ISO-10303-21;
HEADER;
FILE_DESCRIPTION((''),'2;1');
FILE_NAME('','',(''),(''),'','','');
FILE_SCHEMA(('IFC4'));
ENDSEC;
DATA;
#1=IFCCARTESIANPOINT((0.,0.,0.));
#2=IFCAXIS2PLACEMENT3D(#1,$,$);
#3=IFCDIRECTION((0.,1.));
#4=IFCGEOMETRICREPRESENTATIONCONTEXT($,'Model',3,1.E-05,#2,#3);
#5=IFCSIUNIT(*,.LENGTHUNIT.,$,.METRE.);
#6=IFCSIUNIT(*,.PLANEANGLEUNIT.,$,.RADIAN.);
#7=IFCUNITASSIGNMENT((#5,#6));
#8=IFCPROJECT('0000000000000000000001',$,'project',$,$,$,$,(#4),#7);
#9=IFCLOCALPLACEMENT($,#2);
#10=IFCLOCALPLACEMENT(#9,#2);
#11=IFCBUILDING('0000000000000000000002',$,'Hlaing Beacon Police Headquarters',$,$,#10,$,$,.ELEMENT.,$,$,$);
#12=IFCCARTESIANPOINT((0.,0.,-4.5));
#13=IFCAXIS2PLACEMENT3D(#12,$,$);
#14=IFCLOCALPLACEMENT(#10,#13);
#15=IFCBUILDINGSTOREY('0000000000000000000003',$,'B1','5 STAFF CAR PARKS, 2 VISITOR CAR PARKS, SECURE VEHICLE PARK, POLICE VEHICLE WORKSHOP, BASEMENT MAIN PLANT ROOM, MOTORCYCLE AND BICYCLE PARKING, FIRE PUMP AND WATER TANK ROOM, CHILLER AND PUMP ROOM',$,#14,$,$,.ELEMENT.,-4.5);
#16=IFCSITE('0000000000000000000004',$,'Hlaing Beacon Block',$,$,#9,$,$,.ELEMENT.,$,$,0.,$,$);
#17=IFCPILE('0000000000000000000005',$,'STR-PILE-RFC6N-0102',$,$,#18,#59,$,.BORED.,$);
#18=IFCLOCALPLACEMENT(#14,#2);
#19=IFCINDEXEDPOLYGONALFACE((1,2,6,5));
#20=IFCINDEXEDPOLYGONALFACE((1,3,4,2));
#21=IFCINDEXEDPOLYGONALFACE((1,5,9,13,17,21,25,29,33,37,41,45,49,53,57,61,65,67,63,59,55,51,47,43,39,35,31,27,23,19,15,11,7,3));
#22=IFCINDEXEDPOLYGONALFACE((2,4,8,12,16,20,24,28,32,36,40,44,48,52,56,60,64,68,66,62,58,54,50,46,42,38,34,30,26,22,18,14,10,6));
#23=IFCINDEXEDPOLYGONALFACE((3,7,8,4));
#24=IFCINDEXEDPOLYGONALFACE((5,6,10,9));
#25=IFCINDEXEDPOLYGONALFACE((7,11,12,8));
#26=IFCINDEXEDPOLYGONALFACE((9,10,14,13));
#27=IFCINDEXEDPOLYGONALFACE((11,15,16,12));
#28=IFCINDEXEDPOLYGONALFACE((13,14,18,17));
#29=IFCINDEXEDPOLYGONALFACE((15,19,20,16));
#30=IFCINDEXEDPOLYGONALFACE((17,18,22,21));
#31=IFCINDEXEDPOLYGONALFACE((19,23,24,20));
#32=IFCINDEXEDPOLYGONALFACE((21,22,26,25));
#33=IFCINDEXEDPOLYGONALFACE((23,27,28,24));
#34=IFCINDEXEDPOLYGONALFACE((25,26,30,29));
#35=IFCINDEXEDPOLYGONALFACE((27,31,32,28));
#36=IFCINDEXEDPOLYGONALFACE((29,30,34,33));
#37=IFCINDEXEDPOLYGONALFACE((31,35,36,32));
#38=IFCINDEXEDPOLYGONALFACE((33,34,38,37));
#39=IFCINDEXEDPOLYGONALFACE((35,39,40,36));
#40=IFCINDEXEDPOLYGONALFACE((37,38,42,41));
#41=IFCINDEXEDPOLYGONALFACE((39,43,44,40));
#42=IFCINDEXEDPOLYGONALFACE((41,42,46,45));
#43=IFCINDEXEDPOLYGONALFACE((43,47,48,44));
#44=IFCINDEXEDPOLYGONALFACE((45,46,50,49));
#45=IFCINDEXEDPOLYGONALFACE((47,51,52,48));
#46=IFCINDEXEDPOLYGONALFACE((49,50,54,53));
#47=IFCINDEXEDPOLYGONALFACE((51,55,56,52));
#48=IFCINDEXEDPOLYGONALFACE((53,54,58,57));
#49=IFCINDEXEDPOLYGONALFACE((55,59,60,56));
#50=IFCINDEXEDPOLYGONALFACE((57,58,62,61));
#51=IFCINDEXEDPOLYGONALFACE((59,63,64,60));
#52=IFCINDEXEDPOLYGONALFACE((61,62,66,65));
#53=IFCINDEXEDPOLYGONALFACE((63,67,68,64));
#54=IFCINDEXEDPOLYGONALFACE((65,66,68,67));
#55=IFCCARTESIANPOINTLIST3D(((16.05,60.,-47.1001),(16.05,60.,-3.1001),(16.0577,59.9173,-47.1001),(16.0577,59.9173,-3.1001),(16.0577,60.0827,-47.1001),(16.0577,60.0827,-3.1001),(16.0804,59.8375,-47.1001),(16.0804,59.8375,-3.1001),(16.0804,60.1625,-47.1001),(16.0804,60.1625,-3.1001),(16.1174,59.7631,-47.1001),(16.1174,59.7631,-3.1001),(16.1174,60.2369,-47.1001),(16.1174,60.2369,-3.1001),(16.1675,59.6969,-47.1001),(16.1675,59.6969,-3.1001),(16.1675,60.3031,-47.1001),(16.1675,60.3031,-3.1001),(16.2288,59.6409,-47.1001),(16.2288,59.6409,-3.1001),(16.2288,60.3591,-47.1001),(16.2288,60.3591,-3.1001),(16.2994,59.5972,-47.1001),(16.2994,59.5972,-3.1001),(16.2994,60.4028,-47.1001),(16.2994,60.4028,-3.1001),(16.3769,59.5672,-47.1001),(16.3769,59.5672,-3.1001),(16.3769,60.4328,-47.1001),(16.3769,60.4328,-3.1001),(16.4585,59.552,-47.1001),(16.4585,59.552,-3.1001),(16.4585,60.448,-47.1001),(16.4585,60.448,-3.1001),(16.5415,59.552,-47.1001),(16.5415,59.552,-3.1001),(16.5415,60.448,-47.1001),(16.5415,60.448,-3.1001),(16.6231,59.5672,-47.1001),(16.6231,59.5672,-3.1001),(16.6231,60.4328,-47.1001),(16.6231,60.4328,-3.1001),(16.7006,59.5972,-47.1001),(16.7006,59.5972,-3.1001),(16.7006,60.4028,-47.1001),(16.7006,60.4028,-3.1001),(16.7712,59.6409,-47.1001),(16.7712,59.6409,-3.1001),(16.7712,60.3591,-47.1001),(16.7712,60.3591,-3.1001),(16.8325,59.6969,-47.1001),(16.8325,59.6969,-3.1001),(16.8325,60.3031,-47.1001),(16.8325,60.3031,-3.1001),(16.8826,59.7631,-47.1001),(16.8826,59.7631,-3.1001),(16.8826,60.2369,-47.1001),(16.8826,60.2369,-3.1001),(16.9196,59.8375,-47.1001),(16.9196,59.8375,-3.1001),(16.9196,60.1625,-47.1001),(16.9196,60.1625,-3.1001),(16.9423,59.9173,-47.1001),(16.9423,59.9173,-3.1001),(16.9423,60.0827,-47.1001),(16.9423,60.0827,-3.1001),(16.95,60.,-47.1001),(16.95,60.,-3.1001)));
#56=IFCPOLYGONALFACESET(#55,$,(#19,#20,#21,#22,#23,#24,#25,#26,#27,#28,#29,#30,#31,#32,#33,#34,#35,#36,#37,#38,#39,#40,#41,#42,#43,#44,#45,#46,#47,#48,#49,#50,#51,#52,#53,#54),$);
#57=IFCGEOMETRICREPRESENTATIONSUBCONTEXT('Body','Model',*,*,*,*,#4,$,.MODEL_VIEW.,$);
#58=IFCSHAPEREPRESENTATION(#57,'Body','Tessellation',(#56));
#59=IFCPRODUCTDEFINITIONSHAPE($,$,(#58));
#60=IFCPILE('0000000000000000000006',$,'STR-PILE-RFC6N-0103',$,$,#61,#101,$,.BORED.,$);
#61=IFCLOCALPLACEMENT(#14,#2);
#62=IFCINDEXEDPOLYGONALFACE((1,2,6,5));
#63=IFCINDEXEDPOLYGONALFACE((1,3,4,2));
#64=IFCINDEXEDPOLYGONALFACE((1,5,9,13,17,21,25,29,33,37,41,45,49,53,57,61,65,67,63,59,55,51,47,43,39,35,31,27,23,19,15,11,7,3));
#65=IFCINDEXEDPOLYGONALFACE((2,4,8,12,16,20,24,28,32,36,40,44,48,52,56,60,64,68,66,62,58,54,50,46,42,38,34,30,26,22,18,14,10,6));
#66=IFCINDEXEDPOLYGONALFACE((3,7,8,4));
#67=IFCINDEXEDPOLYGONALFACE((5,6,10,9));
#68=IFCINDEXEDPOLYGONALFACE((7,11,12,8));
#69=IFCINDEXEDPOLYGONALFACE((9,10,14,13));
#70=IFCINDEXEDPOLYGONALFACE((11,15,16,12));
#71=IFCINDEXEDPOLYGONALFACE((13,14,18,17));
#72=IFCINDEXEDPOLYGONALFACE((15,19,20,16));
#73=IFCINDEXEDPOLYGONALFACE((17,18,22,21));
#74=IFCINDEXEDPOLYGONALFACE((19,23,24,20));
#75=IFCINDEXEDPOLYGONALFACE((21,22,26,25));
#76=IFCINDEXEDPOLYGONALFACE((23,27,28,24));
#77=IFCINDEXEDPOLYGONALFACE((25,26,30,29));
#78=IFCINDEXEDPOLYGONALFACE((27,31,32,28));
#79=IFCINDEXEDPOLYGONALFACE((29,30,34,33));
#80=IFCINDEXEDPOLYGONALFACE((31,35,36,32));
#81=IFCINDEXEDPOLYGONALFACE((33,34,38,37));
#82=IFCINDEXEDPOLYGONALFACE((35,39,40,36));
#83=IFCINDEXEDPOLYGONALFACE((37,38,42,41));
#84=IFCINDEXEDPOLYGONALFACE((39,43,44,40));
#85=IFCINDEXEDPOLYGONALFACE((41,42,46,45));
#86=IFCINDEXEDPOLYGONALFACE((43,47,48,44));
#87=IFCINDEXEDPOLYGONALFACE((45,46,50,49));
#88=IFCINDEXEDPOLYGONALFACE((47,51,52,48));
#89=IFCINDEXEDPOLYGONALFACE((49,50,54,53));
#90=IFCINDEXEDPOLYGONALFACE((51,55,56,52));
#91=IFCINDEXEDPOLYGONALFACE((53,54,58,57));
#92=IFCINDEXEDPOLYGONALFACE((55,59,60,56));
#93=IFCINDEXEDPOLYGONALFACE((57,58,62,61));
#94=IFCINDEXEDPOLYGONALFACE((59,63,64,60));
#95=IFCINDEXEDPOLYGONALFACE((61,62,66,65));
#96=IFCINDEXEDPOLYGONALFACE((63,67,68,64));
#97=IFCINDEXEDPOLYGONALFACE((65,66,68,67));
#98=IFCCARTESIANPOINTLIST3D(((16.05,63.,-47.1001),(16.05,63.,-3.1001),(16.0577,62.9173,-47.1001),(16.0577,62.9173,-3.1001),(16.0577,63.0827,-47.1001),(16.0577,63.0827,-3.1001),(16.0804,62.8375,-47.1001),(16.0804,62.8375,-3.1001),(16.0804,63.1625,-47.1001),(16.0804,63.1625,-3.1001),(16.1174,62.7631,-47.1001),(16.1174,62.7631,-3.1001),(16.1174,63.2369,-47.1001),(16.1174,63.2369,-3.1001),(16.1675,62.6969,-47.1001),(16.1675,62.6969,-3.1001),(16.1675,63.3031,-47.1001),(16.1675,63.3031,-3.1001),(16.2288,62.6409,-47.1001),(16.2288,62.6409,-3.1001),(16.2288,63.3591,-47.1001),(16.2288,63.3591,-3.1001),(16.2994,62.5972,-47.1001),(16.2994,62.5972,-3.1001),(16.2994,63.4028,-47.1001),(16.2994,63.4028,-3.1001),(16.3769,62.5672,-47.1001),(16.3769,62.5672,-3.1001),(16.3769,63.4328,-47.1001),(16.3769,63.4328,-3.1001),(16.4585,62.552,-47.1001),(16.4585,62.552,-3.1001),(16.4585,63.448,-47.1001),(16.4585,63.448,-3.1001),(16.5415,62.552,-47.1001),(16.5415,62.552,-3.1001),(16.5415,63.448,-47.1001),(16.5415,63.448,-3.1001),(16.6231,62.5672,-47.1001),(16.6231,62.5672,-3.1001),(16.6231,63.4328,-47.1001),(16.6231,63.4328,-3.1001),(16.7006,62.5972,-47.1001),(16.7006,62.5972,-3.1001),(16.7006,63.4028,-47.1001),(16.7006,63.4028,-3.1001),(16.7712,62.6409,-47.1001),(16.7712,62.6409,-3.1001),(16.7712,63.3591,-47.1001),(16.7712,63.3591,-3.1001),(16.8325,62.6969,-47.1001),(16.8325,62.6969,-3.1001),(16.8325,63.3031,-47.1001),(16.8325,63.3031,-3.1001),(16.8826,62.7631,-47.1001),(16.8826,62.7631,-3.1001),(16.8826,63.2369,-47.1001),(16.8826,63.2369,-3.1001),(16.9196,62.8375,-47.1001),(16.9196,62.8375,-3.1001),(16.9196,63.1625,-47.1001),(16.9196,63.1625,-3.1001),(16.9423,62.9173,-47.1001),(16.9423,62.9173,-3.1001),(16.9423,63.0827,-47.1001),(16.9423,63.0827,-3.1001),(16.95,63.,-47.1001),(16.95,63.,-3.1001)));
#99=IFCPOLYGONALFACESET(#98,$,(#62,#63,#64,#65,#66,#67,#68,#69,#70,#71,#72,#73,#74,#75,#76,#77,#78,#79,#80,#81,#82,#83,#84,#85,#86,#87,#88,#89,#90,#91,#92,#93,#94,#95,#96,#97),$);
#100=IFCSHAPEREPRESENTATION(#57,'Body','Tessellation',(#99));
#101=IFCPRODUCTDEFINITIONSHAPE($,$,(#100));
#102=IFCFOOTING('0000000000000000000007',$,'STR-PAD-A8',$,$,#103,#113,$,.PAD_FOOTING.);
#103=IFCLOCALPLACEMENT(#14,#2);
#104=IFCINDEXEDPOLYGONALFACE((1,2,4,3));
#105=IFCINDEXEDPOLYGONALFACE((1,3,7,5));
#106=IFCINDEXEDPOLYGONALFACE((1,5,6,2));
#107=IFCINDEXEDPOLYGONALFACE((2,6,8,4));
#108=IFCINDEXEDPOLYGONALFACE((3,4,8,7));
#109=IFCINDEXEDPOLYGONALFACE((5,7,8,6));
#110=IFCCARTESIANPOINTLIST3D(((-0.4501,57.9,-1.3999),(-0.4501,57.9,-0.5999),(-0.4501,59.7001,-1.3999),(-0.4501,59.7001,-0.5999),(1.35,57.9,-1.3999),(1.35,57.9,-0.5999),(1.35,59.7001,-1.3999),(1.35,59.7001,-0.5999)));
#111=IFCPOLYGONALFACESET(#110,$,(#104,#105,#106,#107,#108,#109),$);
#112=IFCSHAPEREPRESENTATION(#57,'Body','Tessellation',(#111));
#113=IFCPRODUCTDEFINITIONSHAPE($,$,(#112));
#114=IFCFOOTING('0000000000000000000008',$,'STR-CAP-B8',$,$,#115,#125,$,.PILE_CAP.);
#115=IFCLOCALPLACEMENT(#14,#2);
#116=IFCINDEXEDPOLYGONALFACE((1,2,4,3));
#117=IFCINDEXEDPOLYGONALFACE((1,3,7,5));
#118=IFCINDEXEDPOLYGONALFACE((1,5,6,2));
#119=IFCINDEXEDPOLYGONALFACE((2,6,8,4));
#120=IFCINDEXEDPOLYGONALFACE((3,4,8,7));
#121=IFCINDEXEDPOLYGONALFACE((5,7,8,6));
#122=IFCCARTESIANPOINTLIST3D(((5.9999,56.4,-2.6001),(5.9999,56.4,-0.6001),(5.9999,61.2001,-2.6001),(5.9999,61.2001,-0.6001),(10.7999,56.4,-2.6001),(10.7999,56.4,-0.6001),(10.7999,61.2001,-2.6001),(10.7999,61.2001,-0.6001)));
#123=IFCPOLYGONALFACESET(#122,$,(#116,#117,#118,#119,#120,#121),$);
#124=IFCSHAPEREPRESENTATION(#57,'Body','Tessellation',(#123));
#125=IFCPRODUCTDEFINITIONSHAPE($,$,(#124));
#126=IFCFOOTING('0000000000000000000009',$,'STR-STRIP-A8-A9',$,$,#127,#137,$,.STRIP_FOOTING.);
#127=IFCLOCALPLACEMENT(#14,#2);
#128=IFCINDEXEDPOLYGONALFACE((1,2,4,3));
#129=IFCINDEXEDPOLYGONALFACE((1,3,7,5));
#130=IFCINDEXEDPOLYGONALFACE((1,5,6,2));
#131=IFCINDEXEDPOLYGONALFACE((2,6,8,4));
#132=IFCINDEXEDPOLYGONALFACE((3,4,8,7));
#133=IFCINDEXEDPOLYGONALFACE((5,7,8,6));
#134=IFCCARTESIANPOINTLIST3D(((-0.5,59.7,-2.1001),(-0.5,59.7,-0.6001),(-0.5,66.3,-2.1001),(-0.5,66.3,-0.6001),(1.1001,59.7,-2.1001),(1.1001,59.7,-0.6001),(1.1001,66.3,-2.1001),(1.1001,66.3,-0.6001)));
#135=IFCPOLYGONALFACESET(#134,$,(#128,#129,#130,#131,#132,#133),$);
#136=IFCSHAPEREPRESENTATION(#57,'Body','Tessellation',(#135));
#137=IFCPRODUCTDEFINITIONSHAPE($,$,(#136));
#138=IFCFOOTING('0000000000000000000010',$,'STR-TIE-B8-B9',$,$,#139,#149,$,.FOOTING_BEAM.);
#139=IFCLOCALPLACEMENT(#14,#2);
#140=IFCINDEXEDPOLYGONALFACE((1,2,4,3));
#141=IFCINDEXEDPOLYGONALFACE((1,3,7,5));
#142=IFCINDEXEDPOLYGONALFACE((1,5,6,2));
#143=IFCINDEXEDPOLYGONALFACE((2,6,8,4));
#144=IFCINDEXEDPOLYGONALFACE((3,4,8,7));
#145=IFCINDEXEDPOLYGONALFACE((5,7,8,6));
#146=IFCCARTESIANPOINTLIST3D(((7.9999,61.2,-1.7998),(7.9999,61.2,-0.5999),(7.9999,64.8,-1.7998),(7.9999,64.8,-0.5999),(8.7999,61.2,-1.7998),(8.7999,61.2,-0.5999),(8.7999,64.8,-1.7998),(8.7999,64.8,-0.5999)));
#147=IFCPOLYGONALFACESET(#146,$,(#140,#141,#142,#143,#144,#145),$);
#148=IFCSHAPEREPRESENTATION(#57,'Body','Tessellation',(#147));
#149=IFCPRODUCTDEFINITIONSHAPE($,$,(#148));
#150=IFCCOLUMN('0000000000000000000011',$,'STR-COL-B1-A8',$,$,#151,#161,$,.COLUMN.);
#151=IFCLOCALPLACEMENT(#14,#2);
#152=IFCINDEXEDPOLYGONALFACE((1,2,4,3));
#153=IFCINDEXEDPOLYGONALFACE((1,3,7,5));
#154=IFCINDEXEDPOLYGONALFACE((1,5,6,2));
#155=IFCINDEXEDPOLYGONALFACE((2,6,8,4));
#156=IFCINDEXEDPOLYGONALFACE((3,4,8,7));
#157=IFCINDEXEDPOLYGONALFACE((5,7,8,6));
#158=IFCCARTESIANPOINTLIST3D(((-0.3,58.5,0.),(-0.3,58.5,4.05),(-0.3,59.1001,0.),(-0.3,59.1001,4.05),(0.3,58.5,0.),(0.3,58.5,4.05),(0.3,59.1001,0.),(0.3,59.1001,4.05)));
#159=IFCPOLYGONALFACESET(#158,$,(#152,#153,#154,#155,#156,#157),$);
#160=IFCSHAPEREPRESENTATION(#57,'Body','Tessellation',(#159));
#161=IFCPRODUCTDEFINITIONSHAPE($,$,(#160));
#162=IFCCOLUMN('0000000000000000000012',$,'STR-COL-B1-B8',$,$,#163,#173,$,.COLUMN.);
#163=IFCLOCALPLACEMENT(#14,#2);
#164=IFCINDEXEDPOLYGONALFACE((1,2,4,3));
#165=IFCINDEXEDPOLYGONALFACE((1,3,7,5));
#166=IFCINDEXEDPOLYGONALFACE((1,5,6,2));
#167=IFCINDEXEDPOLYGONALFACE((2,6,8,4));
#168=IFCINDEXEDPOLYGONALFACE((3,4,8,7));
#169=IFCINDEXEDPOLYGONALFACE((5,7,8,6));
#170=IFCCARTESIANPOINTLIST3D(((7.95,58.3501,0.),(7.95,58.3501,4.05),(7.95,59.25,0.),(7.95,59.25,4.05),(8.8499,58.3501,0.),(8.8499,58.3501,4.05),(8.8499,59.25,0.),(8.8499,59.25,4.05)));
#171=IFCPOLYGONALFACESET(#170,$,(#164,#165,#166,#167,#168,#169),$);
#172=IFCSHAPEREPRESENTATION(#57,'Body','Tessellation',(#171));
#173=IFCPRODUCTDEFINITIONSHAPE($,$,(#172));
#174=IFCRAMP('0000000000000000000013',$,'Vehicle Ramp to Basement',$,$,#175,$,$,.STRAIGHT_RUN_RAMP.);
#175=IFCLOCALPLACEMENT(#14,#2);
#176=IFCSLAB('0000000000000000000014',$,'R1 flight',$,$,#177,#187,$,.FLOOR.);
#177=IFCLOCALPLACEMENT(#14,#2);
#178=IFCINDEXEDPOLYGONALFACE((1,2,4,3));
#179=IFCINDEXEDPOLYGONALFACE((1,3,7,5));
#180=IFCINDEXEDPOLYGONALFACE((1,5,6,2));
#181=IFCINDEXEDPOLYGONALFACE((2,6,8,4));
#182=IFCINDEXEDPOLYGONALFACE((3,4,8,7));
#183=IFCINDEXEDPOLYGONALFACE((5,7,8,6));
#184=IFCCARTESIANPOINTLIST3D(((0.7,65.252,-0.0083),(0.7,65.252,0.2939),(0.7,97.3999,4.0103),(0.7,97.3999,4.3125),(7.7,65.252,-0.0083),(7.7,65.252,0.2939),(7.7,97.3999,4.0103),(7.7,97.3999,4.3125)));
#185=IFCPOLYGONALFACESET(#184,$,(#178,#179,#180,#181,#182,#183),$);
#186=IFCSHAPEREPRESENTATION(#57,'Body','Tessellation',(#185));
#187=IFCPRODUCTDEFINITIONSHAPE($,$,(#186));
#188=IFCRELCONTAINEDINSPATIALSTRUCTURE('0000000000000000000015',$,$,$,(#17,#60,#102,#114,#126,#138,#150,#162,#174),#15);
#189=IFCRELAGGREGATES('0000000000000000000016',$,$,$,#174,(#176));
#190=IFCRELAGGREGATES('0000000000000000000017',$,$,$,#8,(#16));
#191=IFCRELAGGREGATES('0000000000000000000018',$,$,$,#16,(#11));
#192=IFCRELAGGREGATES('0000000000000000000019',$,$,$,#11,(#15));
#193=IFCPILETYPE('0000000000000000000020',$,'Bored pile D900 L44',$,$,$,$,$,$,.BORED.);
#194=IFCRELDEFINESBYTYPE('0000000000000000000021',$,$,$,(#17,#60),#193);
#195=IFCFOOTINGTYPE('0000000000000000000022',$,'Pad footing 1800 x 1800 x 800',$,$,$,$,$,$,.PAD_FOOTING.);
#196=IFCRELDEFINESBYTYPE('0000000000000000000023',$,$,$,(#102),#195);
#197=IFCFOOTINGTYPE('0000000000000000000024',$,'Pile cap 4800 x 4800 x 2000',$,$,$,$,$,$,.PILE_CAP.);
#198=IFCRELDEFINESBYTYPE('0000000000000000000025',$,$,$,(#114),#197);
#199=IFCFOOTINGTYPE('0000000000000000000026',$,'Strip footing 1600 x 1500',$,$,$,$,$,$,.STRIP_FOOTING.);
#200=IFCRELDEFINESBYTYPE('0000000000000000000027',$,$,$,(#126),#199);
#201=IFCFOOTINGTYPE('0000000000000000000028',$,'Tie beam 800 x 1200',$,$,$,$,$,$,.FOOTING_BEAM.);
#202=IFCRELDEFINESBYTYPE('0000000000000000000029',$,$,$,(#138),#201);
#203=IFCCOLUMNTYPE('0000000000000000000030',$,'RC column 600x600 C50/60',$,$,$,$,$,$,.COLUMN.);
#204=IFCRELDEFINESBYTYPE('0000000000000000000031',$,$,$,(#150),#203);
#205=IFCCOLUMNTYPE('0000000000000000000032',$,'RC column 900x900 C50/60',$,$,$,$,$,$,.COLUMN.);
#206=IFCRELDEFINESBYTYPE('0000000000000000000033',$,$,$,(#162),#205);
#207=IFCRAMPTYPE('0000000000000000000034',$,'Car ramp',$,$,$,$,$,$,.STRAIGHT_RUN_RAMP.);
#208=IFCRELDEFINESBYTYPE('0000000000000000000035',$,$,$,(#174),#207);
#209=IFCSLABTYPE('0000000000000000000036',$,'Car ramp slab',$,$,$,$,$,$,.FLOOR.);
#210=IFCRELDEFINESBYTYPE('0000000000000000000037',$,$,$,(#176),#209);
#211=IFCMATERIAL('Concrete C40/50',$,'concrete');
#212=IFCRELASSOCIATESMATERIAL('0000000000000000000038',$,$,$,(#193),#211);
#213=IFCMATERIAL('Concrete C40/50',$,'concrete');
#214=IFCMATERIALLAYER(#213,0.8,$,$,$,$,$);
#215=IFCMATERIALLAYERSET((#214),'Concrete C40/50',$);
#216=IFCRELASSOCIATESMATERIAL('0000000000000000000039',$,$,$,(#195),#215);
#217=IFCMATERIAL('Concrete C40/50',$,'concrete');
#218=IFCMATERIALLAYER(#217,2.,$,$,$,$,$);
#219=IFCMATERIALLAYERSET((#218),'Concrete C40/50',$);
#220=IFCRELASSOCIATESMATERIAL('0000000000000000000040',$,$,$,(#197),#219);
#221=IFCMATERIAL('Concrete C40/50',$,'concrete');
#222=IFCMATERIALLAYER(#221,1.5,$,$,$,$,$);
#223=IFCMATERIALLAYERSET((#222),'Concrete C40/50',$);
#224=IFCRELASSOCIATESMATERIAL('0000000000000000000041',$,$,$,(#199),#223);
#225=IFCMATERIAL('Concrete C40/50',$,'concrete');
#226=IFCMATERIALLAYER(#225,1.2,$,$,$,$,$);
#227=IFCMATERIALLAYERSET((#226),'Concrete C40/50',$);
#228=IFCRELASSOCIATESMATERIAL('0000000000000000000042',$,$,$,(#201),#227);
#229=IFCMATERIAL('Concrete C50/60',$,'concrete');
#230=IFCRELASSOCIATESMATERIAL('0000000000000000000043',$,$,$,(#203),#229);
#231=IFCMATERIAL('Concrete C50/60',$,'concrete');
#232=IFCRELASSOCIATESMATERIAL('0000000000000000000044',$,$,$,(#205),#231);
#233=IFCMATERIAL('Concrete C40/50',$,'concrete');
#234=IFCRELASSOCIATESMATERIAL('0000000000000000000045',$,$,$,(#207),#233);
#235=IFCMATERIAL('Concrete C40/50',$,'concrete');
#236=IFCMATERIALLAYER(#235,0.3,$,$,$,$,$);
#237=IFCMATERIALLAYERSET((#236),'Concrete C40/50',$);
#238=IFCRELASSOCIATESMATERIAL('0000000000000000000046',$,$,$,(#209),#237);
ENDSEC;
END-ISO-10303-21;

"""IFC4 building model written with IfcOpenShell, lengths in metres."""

from ifc_helpers import new_model, si_unit, direction, frame, origin, origin_2d, place, context, subcontext, project, spatial, polyline, rectangle, circle, outline, extrude, material, layer, layer_set, material_profile, profile_set, type_object, element, aggregate, save


model = new_model("IFC4")

# Units and contexts
model_context = context("Model", 3, precision=1e-05, world=origin(), true_north=direction((0.0, 1.0)))
body_context = subcontext(model_context, "Body", "Model", "MODEL_VIEW")
ifc_project = project(units=[si_unit("LENGTHUNIT", "METRE"), si_unit("PLANEANGLEUNIT", "RADIAN")], contexts=[model_context])

# Site, building, storey
site_placement = place(None, origin())
site = spatial("IfcSite", under=ifc_project, at=site_placement, Name="Hlaing Beacon Block", CompositionType="ELEMENT", RefElevation=0.0)
building_placement = place(site_placement, origin())
building = spatial("IfcBuilding", under=site, at=building_placement, Name="Hlaing Beacon Police Headquarters", CompositionType="ELEMENT")
storey_placement = place(building_placement, frame((0.0, 0.0, -4.5)))
storey = spatial("IfcBuildingStorey", under=building, at=storey_placement, Name="B1", Description="5 STAFF CAR PARKS, 2 VISITOR CAR PARKS, SECURE VEHICLE PARK, POLICE VEHICLE WORKSHOP, BASEMENT MAIN PLANT ROOM, MOTORCYCLE AND BICYCLE PARKING, FIRE PUMP AND WATER TANK ROOM, CHILLER AND PUMP ROOM", CompositionType="ELEMENT", Elevation=-4.5)

# Piles
ifc_material_1 = material(Name="Concrete C40/50", Category="concrete")
ifc_material_profile_1 = material_profile(ifc_material_1, circle(Radius=0.45, at=origin_2d()), Name="D900")
ifc_profile_set_1 = profile_set([ifc_material_profile_1], Name="Concrete C40/50")
pile_type_1 = type_object("IfcPileType", Name="Bored pile D900 L44", PredefinedType="BORED", material=ifc_profile_set_1)
for number, where, z_axis, x_axis, name in (
    (1, (16.5, 60.0, -3.1001), (0.0, 0.0, -1.0), (1.0, 0.0, 0.0), "STR-PILE-RFC6N-0102"),
    (2, (16.5, 63.0, -3.1001), (0.0, 0.0, -1.0), (1.0, 0.0, 0.0), "STR-PILE-RFC6N-0103"),
):
    element("IfcPile", number, at=place(storey_placement, frame(where, z_axis=z_axis, x_axis=x_axis)), inside=storey, type_object=pile_type_1, Name=name, PredefinedType="BORED", context=body_context, shape_type="SweptSolid", body=[
        extrude(circle(Radius=0.45, at=origin_2d()), origin(), (0.0, 0.0, 1.0), 44.0),
    ])

# Footings
ifc_material_2 = material(Name="Concrete C40/50", Category="concrete")
ifc_layer_1 = layer(ifc_material_2, 0.8)
ifc_layer_set_1 = layer_set([ifc_layer_1], Name="Concrete C40/50")
footing_type_1 = type_object("IfcFootingType", Name="Pad footing 1800 x 1800 x 800", PredefinedType="PAD_FOOTING", material=ifc_layer_set_1)
footing_1_placement = place(storey_placement, frame((0.45, 58.8, -1.3999), z_axis=(0.0, 0.0, 1.0), x_axis=(1.0, 0.0, 0.0)))
element("IfcFooting", 3, at=footing_1_placement, inside=storey, type_object=footing_type_1, Name="STR-PAD-A8", PredefinedType="PAD_FOOTING", context=body_context, shape_type="SweptSolid", body=[
    extrude(rectangle(XDim=1.8, YDim=1.8, at=origin_2d()), origin(), (0.0, 0.0, 1.0), 0.8),
])
ifc_material_3 = material(Name="Concrete C40/50", Category="concrete")
ifc_layer_2 = layer(ifc_material_3, 2.0)
ifc_layer_set_2 = layer_set([ifc_layer_2], Name="Concrete C40/50")
footing_type_2 = type_object("IfcFootingType", Name="Pile cap 4800 x 4800 x 2000", PredefinedType="PILE_CAP", material=ifc_layer_set_2)
footing_2_placement = place(storey_placement, frame((8.3999, 58.8, -2.6001), z_axis=(0.0, 0.0, 1.0), x_axis=(1.0, 0.0, 0.0)))
element("IfcFooting", 4, at=footing_2_placement, inside=storey, type_object=footing_type_2, Name="STR-CAP-B8", PredefinedType="PILE_CAP", context=body_context, shape_type="SweptSolid", body=[
    extrude(rectangle(XDim=4.8, YDim=4.8, at=origin_2d()), origin(), (0.0, 0.0, 1.0), 2.0),
])
ifc_material_4 = material(Name="Concrete C40/50", Category="concrete")
ifc_layer_3 = layer(ifc_material_4, 1.5)
ifc_layer_set_3 = layer_set([ifc_layer_3], Name="Concrete C40/50")
footing_type_3 = type_object("IfcFootingType", Name="Strip footing 1600 x 1500", PredefinedType="STRIP_FOOTING", material=ifc_layer_set_3)
footing_3_placement = place(storey_placement, frame((0.3, 63.0, -2.1001), z_axis=(0.0, 0.0, 1.0), x_axis=(1.0, 0.0, 0.0)))
element("IfcFooting", 5, at=footing_3_placement, inside=storey, type_object=footing_type_3, Name="STR-STRIP-A8-A9", PredefinedType="STRIP_FOOTING", context=body_context, shape_type="SweptSolid", body=[
    extrude(rectangle(XDim=1.6001, YDim=6.6001, at=origin_2d()), origin(), (0.0, 0.0, 1.0), 1.5),
])
ifc_material_5 = material(Name="Concrete C40/50", Category="concrete")
ifc_layer_4 = layer(ifc_material_5, 1.2)
ifc_layer_set_4 = layer_set([ifc_layer_4], Name="Concrete C40/50")
footing_type_4 = type_object("IfcFootingType", Name="Tie beam 800 x 1200", PredefinedType="FOOTING_BEAM", material=ifc_layer_set_4)
footing_4_placement = place(storey_placement, frame((8.3999, 63.0, -1.7998), z_axis=(0.0, 0.0, 1.0), x_axis=(1.0, 0.0, 0.0)))
element("IfcFooting", 6, at=footing_4_placement, inside=storey, type_object=footing_type_4, Name="STR-TIE-B8-B9", PredefinedType="FOOTING_BEAM", context=body_context, shape_type="SweptSolid", body=[
    extrude(rectangle(XDim=0.8, YDim=3.6001, at=origin_2d()), origin(), (0.0, 0.0, 1.0), 1.2),
])

# Columns
ifc_material_6 = material(Name="Concrete C50/60", Category="concrete")
ifc_material_profile_2 = material_profile(ifc_material_6, rectangle(XDim=0.6001, YDim=0.6001, at=origin_2d()), Name="600x600")
ifc_profile_set_2 = profile_set([ifc_material_profile_2], Name="Concrete C50/60")
column_type_1 = type_object("IfcColumnType", Name="RC column 600x600 C50/60", PredefinedType="COLUMN", material=ifc_profile_set_2)
column_1_placement = place(storey_placement, frame((0.0, 58.8, 0.0), z_axis=(0.0, 0.0, 1.0), x_axis=(1.0, 0.0, 0.0)))
element("IfcColumn", 7, at=column_1_placement, inside=storey, type_object=column_type_1, Name="STR-COL-B1-A8", PredefinedType="COLUMN", context=body_context, shape_type="SweptSolid", body=[
    extrude(rectangle(XDim=0.6001, YDim=0.6001, at=origin_2d()), origin(), (0.0, 0.0, 1.0), 4.05),
])
ifc_material_7 = material(Name="Concrete C50/60", Category="concrete")
ifc_material_profile_3 = material_profile(ifc_material_7, rectangle(XDim=0.8999, YDim=0.8999, at=origin_2d()), Name="900x900")
ifc_profile_set_3 = profile_set([ifc_material_profile_3], Name="Concrete C50/60")
column_type_2 = type_object("IfcColumnType", Name="RC column 900x900 C50/60", PredefinedType="COLUMN", material=ifc_profile_set_3)
column_2_placement = place(storey_placement, frame((8.3999, 58.8, 0.0), z_axis=(0.0, 0.0, 1.0), x_axis=(1.0, 0.0, 0.0)))
element("IfcColumn", 8, at=column_2_placement, inside=storey, type_object=column_type_2, Name="STR-COL-B1-B8", PredefinedType="COLUMN", context=body_context, shape_type="SweptSolid", body=[
    extrude(rectangle(XDim=0.8999, YDim=0.8999, at=origin_2d()), origin(), (0.0, 0.0, 1.0), 4.05),
])

# Ramp, slab
ifc_material_8 = material(Name="Concrete C40/50", Category="concrete")
ramp_type = type_object("IfcRampType", Name="Car ramp", PredefinedType="STRAIGHT_RUN_RAMP", material=ifc_material_8)
ramp_placement = place(storey_placement, origin())
ramp = element("IfcRamp", 9, at=ramp_placement, inside=storey, type_object=ramp_type, Name="Vehicle Ramp to Basement", PredefinedType="STRAIGHT_RUN_RAMP")
ifc_material_9 = material(Name="Concrete C40/50", Category="concrete")
ifc_layer_5 = layer(ifc_material_9, 0.3)
ifc_layer_set_5 = layer_set([ifc_layer_5], Name="Concrete C40/50")
slab_type = type_object("IfcSlabType", Name="Car ramp slab", PredefinedType="FLOOR", material=ifc_layer_set_5)
slab_placement = place(storey_placement, frame((0.7, 65.252, 0.2939), z_axis=(0.0, -0.124037, 0.992278), x_axis=(0.0, 0.992278, 0.124037)))
slab = element("IfcSlab", 10, at=slab_placement, type_object=slab_type, Name="R1 flight", PredefinedType="FLOOR", context=body_context, shape_type="SweptSolid", body=[
    extrude(outline(polyline([(0.0, 0.0), (32.3981, 0.0), (32.3981, -7.0), (0.0, -7.0), (0.0, 0.0)])), origin(), (-0.124037, 0.0, -0.992278), 0.3022),
])

aggregate(ramp, [slab])

save(model, "model.ifc")
